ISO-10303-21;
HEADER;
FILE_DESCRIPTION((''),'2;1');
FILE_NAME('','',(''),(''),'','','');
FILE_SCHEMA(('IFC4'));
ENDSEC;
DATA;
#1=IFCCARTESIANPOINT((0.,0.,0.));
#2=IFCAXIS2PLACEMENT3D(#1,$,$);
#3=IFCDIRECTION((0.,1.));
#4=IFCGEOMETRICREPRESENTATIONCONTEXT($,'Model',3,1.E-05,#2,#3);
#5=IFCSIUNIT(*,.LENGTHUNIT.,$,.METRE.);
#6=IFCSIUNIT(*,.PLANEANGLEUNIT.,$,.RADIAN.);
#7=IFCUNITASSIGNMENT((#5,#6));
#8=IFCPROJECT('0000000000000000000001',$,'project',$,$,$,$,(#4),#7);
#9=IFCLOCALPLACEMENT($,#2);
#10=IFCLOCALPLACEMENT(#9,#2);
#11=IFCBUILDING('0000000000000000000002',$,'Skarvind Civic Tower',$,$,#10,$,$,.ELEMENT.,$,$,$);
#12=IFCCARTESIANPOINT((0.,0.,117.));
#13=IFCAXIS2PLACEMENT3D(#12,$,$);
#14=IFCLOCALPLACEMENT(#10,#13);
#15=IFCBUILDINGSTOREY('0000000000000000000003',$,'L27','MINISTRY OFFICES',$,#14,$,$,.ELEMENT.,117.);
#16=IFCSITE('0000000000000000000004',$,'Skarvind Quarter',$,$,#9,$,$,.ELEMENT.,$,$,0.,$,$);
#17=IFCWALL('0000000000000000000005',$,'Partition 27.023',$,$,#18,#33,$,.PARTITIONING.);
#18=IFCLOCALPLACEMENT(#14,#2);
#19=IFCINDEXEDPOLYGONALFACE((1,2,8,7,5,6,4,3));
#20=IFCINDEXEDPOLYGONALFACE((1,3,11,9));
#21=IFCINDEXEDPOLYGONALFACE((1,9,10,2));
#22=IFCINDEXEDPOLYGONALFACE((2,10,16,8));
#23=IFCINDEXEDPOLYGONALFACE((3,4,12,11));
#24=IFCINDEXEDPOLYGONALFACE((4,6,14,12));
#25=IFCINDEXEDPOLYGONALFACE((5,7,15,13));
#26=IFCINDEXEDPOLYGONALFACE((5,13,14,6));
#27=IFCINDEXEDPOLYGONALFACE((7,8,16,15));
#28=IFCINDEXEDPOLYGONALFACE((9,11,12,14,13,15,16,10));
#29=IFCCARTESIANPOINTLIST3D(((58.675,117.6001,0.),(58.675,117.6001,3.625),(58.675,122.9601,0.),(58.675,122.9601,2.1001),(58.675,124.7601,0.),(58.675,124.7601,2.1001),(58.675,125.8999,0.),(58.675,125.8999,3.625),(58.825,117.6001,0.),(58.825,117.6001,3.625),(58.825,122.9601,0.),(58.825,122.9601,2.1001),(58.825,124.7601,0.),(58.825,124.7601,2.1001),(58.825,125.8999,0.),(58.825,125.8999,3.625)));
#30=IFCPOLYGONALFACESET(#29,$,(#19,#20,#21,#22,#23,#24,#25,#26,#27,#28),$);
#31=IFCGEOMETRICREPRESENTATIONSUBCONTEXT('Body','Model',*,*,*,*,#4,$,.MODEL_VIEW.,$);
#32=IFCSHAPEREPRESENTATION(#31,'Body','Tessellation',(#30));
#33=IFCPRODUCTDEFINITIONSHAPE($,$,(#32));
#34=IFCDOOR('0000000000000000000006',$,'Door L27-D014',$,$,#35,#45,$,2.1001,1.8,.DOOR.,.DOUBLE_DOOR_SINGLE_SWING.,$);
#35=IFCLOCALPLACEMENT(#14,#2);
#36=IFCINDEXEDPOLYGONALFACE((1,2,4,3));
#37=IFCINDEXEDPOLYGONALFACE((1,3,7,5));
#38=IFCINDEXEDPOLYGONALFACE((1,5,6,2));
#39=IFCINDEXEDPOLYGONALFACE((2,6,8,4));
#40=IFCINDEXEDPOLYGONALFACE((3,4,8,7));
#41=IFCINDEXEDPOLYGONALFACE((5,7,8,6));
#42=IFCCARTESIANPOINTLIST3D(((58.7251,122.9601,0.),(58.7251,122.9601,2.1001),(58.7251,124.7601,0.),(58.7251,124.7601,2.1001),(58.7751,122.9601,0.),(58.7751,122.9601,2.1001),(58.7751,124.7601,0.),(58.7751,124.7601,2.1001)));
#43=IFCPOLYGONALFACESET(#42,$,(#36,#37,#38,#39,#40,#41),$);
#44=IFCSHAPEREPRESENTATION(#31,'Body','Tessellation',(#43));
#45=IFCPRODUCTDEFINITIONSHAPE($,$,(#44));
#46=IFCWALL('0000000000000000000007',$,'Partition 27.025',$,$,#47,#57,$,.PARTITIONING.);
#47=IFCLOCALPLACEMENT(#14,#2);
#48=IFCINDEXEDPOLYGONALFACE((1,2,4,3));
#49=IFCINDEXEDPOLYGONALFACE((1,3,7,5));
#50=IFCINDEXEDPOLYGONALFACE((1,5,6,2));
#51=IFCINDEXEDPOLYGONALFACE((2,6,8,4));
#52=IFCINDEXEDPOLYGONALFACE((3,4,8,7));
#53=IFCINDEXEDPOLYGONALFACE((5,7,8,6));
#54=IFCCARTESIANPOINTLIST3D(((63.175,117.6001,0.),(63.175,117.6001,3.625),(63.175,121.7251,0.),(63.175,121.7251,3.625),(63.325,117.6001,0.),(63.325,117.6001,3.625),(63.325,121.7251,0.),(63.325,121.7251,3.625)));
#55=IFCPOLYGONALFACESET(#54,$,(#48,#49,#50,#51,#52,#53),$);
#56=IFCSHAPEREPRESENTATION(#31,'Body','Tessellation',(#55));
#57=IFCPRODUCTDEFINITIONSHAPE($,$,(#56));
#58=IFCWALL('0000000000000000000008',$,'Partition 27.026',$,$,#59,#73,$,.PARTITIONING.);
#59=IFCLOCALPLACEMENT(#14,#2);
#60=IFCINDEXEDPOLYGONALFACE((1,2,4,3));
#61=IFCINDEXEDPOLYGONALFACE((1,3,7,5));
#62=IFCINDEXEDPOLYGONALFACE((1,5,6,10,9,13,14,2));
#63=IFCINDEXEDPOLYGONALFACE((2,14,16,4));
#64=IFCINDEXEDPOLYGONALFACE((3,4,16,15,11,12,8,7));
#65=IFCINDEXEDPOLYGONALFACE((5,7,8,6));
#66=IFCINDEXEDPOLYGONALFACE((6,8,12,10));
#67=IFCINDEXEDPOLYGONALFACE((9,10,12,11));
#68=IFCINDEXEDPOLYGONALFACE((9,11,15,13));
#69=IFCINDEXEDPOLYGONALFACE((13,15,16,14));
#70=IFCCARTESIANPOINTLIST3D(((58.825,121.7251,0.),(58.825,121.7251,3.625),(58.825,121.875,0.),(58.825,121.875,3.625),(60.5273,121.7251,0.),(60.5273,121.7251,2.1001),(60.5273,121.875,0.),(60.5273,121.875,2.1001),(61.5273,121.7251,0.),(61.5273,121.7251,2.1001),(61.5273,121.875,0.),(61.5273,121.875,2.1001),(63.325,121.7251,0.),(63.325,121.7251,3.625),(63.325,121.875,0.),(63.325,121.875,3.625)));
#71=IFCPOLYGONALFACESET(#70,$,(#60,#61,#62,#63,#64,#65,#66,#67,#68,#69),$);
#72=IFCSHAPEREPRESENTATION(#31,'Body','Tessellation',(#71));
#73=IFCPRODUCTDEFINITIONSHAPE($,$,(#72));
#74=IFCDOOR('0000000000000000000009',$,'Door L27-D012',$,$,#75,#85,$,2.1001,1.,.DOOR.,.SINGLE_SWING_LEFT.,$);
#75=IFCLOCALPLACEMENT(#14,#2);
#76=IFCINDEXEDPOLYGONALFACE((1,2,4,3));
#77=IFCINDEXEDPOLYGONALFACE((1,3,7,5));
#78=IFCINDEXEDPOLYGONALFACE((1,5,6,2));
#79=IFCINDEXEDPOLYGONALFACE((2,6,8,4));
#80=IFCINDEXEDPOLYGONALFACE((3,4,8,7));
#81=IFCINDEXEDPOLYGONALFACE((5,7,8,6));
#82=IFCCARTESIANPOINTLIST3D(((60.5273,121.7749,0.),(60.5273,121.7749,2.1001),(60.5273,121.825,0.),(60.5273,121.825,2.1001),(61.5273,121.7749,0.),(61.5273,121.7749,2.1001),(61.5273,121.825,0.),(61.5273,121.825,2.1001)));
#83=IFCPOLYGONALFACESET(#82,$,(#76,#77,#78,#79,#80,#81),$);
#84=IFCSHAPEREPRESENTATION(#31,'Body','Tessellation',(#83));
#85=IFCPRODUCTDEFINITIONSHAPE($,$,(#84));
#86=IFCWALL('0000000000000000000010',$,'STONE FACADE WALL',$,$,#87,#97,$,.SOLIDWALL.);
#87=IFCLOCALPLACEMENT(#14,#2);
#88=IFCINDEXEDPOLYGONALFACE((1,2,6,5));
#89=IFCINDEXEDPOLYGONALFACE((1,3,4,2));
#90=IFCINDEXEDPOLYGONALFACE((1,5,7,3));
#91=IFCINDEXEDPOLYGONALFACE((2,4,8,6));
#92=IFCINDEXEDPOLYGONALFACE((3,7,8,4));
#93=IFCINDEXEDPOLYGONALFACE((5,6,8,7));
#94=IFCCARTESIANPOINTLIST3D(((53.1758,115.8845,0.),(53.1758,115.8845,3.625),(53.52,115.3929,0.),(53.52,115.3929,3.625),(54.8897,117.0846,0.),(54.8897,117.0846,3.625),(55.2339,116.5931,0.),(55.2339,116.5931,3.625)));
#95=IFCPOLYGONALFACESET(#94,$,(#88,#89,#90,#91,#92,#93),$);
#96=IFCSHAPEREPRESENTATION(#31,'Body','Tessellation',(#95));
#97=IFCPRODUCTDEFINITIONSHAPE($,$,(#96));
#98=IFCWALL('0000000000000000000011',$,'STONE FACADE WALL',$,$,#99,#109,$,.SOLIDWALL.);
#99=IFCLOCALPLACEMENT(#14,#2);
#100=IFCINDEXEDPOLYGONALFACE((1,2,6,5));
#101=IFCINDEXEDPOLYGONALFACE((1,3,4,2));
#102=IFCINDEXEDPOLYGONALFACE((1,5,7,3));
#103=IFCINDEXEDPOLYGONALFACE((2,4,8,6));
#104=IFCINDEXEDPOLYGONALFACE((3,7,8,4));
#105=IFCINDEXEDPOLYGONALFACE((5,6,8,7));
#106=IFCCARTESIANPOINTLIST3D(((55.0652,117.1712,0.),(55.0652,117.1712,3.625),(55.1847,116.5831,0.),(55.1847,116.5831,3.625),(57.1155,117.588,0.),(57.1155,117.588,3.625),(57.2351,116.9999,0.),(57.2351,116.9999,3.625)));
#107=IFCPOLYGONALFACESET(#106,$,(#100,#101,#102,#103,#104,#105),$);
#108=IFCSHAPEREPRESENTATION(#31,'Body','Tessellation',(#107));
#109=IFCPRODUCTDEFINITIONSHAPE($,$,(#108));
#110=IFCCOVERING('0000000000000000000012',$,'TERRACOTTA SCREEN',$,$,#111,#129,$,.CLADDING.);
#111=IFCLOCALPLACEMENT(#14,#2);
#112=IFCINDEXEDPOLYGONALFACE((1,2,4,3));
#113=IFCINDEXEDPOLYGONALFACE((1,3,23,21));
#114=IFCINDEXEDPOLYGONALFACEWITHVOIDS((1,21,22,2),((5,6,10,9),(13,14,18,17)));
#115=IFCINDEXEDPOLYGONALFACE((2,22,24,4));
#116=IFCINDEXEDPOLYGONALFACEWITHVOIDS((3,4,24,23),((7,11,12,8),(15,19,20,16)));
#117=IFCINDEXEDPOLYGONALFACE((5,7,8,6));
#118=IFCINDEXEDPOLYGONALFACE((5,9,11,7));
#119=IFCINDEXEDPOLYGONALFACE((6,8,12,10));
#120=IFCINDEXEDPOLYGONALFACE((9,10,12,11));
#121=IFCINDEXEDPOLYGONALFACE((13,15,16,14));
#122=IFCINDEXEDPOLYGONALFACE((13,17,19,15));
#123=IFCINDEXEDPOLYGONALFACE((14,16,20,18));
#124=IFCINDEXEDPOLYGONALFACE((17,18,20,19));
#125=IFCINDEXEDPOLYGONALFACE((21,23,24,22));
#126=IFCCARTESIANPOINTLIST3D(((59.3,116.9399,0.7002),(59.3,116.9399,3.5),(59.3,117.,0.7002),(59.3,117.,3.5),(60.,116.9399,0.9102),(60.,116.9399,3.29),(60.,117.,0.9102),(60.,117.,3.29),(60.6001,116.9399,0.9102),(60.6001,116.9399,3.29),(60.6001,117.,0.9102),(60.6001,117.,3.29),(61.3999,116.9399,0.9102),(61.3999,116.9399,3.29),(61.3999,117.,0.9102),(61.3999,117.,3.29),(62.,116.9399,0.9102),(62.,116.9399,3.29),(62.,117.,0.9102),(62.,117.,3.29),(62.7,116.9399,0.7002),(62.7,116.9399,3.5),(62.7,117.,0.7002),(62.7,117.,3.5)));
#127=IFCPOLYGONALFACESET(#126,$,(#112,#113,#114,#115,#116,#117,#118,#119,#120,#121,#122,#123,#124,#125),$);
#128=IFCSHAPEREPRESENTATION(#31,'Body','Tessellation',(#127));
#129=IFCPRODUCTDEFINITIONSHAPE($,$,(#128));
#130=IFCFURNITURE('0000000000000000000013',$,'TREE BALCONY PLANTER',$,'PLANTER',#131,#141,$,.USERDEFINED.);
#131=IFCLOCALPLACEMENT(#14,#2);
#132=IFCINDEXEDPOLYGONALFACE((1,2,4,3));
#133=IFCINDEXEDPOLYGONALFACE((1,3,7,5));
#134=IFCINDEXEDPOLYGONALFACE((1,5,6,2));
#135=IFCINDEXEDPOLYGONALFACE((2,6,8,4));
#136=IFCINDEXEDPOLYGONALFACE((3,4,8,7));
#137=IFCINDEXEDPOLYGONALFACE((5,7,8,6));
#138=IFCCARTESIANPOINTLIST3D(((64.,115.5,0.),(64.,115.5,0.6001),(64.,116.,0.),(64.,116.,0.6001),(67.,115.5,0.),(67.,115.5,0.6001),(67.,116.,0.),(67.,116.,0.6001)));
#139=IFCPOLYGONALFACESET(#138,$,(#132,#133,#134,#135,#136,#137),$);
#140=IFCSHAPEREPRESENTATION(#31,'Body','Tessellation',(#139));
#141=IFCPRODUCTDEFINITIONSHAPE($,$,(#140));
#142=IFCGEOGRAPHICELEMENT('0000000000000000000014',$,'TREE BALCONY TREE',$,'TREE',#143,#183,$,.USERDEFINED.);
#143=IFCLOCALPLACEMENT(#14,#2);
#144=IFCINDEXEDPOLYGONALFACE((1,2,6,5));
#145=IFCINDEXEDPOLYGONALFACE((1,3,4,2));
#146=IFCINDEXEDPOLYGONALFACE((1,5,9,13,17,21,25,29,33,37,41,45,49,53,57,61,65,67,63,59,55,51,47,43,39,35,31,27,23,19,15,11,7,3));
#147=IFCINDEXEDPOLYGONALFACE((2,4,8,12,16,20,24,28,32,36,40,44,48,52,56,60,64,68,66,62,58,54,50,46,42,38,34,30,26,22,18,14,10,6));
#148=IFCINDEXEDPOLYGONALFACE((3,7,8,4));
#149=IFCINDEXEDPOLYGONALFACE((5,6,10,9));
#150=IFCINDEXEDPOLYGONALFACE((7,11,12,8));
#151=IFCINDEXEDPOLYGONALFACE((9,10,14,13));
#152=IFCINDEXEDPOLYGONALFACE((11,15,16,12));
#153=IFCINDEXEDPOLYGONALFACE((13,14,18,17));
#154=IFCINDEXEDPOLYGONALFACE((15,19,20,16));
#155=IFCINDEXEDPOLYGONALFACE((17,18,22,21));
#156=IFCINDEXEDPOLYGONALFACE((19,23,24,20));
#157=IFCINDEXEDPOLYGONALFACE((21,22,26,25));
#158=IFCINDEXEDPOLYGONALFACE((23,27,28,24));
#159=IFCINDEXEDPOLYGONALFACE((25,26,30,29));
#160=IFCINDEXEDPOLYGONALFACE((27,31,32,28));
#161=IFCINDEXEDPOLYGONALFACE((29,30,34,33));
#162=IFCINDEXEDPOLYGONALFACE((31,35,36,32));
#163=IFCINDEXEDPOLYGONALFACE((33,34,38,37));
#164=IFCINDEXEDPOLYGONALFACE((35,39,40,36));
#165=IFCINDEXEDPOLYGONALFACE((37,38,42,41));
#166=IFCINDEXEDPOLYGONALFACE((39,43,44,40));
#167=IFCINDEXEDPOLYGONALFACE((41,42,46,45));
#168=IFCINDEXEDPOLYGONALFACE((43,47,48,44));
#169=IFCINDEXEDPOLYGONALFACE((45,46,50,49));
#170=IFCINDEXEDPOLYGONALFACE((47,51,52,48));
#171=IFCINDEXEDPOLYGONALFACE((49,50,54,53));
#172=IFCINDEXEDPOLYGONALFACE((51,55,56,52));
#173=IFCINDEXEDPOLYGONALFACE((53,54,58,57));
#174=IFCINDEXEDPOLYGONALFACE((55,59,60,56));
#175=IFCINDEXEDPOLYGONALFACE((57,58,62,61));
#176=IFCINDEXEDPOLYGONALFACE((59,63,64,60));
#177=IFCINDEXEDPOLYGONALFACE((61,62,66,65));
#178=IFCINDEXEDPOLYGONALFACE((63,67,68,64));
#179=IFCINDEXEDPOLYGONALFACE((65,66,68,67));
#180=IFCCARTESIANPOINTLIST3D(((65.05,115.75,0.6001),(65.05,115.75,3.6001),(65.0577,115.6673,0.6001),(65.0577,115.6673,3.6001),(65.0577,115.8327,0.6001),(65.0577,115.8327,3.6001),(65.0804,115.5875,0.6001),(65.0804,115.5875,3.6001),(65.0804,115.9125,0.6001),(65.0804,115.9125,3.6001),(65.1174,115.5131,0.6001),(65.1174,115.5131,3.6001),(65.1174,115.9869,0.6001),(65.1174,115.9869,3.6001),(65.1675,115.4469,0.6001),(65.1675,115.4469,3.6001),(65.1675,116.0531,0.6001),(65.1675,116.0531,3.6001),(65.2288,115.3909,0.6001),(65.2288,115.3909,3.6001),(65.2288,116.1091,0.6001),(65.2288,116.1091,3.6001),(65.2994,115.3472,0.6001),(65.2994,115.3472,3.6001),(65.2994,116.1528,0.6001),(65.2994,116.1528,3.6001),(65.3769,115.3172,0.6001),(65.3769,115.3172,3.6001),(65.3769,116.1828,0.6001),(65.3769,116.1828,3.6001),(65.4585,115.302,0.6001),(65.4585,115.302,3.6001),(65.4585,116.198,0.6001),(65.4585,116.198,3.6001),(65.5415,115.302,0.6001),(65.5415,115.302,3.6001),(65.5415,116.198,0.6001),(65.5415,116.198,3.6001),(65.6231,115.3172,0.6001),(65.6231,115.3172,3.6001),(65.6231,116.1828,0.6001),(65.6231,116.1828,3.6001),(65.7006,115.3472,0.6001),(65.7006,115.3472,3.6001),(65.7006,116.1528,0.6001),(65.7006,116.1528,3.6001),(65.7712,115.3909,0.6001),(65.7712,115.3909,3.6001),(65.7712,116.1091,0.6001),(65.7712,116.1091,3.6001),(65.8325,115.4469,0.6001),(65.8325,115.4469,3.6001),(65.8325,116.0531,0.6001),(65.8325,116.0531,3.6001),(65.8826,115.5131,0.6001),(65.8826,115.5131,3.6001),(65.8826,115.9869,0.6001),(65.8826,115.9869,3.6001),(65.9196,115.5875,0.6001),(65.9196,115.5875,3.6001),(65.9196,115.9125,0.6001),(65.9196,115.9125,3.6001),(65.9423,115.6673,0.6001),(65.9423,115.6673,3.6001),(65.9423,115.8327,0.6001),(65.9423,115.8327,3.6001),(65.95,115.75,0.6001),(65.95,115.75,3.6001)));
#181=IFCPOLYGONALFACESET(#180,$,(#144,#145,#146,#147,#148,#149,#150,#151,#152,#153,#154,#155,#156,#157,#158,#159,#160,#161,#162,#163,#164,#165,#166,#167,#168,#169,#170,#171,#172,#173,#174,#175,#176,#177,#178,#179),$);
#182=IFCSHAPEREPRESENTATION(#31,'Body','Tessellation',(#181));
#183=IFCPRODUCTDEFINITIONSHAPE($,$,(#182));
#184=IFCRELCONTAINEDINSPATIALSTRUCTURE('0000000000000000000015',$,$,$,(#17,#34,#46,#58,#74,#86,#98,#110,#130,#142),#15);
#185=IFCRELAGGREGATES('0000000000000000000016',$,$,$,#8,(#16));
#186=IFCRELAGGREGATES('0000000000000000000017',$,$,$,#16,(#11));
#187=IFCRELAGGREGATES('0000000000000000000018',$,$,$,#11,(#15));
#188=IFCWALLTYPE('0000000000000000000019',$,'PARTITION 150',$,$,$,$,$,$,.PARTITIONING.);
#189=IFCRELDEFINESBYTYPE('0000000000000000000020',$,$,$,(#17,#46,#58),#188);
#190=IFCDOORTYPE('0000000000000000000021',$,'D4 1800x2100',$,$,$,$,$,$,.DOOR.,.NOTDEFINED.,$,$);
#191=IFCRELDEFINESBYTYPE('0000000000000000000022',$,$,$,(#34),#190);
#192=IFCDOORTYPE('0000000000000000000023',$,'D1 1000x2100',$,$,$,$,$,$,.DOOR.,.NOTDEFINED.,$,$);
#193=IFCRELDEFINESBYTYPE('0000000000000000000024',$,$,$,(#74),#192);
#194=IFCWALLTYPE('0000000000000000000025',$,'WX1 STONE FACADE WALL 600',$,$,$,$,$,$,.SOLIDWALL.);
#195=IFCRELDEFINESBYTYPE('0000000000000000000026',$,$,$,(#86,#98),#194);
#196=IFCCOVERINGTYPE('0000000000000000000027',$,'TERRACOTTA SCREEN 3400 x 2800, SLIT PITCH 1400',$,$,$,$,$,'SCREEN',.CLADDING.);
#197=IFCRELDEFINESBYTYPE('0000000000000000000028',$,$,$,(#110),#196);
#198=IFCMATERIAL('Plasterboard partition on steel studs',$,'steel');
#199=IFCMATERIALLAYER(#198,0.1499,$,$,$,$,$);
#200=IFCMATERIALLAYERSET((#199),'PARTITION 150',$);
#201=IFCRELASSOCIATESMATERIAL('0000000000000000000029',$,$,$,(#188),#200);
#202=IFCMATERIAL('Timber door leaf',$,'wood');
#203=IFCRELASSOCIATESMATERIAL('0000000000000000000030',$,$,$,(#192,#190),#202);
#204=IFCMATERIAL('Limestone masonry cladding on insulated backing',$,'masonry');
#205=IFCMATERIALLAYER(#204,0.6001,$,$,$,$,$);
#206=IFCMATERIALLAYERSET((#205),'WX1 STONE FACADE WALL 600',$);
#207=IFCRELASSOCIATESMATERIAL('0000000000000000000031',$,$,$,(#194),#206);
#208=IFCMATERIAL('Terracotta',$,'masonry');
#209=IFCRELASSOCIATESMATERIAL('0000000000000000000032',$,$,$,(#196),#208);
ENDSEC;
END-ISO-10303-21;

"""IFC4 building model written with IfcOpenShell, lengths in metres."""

from ifc_helpers import new_model, si_unit, direction, frame, frame_2d, origin, origin_2d, place, context, subcontext, project, spatial, polyline, rectangle, circle, outline, extrude, material, layer, layer_set, material_profile, profile_set, type_object, element, fill, save


model = new_model("IFC4")

# Units and contexts
model_context = context("Model", 3, precision=1e-05, world=origin(), true_north=direction((0.0, 1.0)))
body_context = subcontext(model_context, "Body", "Model", "MODEL_VIEW")
ifc_project = project(units=[si_unit("LENGTHUNIT", "METRE"), si_unit("PLANEANGLEUNIT", "RADIAN")], contexts=[model_context])

# Site, building, storey
site_placement = place(None, origin())
site = spatial("IfcSite", under=ifc_project, at=site_placement, Name="Skarvind Quarter", CompositionType="ELEMENT", RefElevation=0.0)
building_placement = place(site_placement, origin())
building = spatial("IfcBuilding", under=site, at=building_placement, Name="Skarvind Civic Tower", CompositionType="ELEMENT")
storey_placement = place(building_placement, frame((0.0, 0.0, 117.0)))
storey = spatial("IfcBuildingStorey", under=building, at=storey_placement, Name="L27", Description="MINISTRY OFFICES", CompositionType="ELEMENT", Elevation=117.0)

# Shared definitions
ifc_material_1 = material(Name="Plasterboard partition on steel studs", Category="steel")
ifc_layer_1 = layer(ifc_material_1, 0.1499)
ifc_layer_set_1 = layer_set([ifc_layer_1], Name="PARTITION 150")
wall_type_1 = type_object("IfcWallType", Name="PARTITION 150", PredefinedType="PARTITIONING", material=ifc_layer_set_1)

# Wall, opening, door
ifc_material_2 = material(Name="Timber door leaf", Category="wood")
door_type_1 = type_object("IfcDoorType", Name="D1 1000x2100", OperationType="NOTDEFINED", PredefinedType="DOOR", material=ifc_material_2)
wall_1_placement = place(storey_placement, frame((58.75, 117.6001, 0.0), z_axis=(0.0, 0.0, 1.0), x_axis=(0.0, 1.0, 0.0)))
wall_1 = element("IfcWall", 1, at=wall_1_placement, inside=storey, type_object=wall_type_1, Name="Partition 27.023", PredefinedType="PARTITIONING", context=body_context, shape_type="SweptSolid", body=[
    extrude(rectangle(XDim=8.2998, YDim=0.1499, at=frame_2d((4.1499, 0.0))), origin(), (0.0, 0.0, 1.0), 3.625),
])
opening_1_placement = place(wall_1_placement, frame((5.3601, 0.0, 0.0)))
opening_1 = element("IfcOpeningElement", 2, at=opening_1_placement, cuts=wall_1, PredefinedType="OPENING", context=body_context, shape_type="SweptSolid", body=[
    extrude(rectangle(XDim=1.8, YDim=2.1001, at=frame_2d((0.8999, 1.05))), frame((0.0, 0.085, 0.0), z_axis=(0.0, -1.0, 0.0), x_axis=(1.0, 0.0, 0.0)), (0.0, 0.0, 1.0), 0.1699),
])
door_type_2 = type_object("IfcDoorType", Name="D4 1800x2100", OperationType="NOTDEFINED", PredefinedType="DOOR", material=ifc_material_2)
door_1_placement = place(opening_1_placement, origin())
door_1 = element("IfcDoor", 3, at=door_1_placement, inside=storey, type_object=door_type_2, Name="Door L27-D014", OperationType="DOUBLE_DOOR_SINGLE_SWING", OverallHeight=2.1001, OverallWidth=1.8, PredefinedType="DOOR", context=body_context, shape_type="SweptSolid", body=[
    extrude(rectangle(XDim=1.8, YDim=2.1001, at=frame_2d((0.8999, 1.05))), frame((0.0, 0.0249, 0.0), z_axis=(0.0, -1.0, 0.0), x_axis=(1.0, 0.0, 0.0)), (0.0, 0.0, 1.0), 0.05),
])
fill(opening_1, door_1)

# Wall
wall_2_placement = place(storey_placement, frame((63.25, 117.6001, 0.0), z_axis=(0.0, 0.0, 1.0), x_axis=(0.0, 1.0, 0.0)))
element("IfcWall", 4, at=wall_2_placement, inside=storey, type_object=wall_type_1, Name="Partition 27.025", PredefinedType="PARTITIONING", context=body_context, shape_type="SweptSolid", body=[
    extrude(rectangle(XDim=4.125, YDim=0.1499, at=frame_2d((2.0625, 0.0))), origin(), (0.0, 0.0, 1.0), 3.625),
])

# Wall, opening, door
wall_3_placement = place(storey_placement, frame((58.825, 121.8, 0.0), z_axis=(0.0, 0.0, 1.0), x_axis=(1.0, 0.0, 0.0)))
wall_3 = element("IfcWall", 5, at=wall_3_placement, inside=storey, type_object=wall_type_1, Name="Partition 27.026", PredefinedType="PARTITIONING", context=body_context, shape_type="SweptSolid", body=[
    extrude(rectangle(XDim=4.5, YDim=0.1499, at=frame_2d((2.25, 0.0))), origin(), (0.0, 0.0, 1.0), 3.625),
])
opening_2_placement = place(wall_3_placement, frame((1.7024, 0.0, 0.0)))
opening_2 = element("IfcOpeningElement", 6, at=opening_2_placement, cuts=wall_3, PredefinedType="OPENING", context=body_context, shape_type="SweptSolid", body=[
    extrude(rectangle(XDim=1.0, YDim=2.1001, at=frame_2d((0.5, 1.05))), frame((0.0, 0.085, 0.0), z_axis=(0.0, -1.0, 0.0), x_axis=(1.0, 0.0, 0.0)), (0.0, 0.0, 1.0), 0.1699),
])
door_2_placement = place(opening_2_placement, origin())
door_2 = element("IfcDoor", 7, at=door_2_placement, inside=storey, type_object=door_type_1, Name="Door L27-D012", OperationType="SINGLE_SWING_LEFT", OverallHeight=2.1001, OverallWidth=1.0, PredefinedType="DOOR", context=body_context, shape_type="SweptSolid", body=[
    extrude(rectangle(XDim=1.0, YDim=2.1001, at=frame_2d((0.5, 1.05))), frame((0.0, 0.0249, 0.0), z_axis=(0.0, -1.0, 0.0), x_axis=(1.0, 0.0, 0.0)), (0.0, 0.0, 1.0), 0.05),
])
fill(opening_2, door_2)

# Walls
ifc_material_3 = material(Name="Limestone masonry cladding on insulated backing", Category="masonry")
ifc_layer_2 = layer(ifc_material_3, 0.6001)
ifc_layer_set_2 = layer_set([ifc_layer_2], Name="WX1 STONE FACADE WALL 600")
wall_type_2 = type_object("IfcWallType", Name="WX1 STONE FACADE WALL 600", PredefinedType="SOLIDWALL", material=ifc_layer_set_2)
for number, where, z_axis, x_axis, name in (
    (8, (55.0618, 116.8389, 0.0), (0.0, 0.0, 1.0), (-0.819122, -0.573619, 0.0), "STONE FACADE WALL"),
    (9, (57.1753, 117.2939, 0.0), (0.0, 0.0, 1.0), (-0.979961, -0.199189, 0.0), "STONE FACADE WALL"),
):
    element("IfcWall", number, at=place(storey_placement, frame(where, z_axis=z_axis, x_axis=x_axis)), inside=storey, type_object=wall_type_2, Name=name, PredefinedType="SOLIDWALL", context=body_context, shape_type="SweptSolid", body=[
        extrude(rectangle(XDim=2.0923, YDim=0.6001, at=frame_2d((1.0461, 0.0))), origin(), (0.0, 0.0, 1.0), 3.625),
    ])

# Covering
ifc_material_4 = material(Name="Terracotta", Category="masonry")
ifc_material_profile_1 = material_profile(ifc_material_4, outline(polyline([(-1.7, -1.3999), (1.7, -1.3999), (1.7, 1.3999), (-1.7, 1.3999), (-1.7, -1.3999)]), holes=[polyline([(-1.0, -1.1899), (-0.3999, -1.1899), (-0.3999, 1.1899), (-1.0, 1.1899), (-1.0, -1.1899)]), polyline([(0.3999, -1.1899), (1.0, -1.1899), (1.0, 1.1899), (0.3999, 1.1899), (0.3999, -1.1899)])]), Name="TERRACOTTA SCREEN 3400 x 2800, SLIT PITCH 1400")
ifc_profile_set_1 = profile_set([ifc_material_profile_1], Name="Terracotta")
covering_type = type_object("IfcCoveringType", Name="TERRACOTTA SCREEN 3400 x 2800, SLIT PITCH 1400", ElementType="SCREEN", PredefinedType="CLADDING", material=ifc_profile_set_1)
covering_placement = place(storey_placement, frame((61.0, 117.0, 2.1001), z_axis=(0.0, -1.0, 0.0), x_axis=(1.0, 0.0, 0.0)))
element("IfcCovering", 10, at=covering_placement, inside=storey, type_object=covering_type, Name="TERRACOTTA SCREEN", PredefinedType="CLADDING", context=body_context, shape_type="SweptSolid", body=[
    extrude(outline(polyline([(-1.7, -1.3999), (1.7, -1.3999), (1.7, 1.3999), (-1.7, 1.3999), (-1.7, -1.3999)]), holes=[polyline([(-1.0, -1.1899), (-0.3999, -1.1899), (-0.3999, 1.1899), (-1.0, 1.1899), (-1.0, -1.1899)]), polyline([(0.3999, -1.1899), (1.0, -1.1899), (1.0, 1.1899), (0.3999, 1.1899), (0.3999, -1.1899)])]), origin(), (0.0, 0.0, 1.0), 0.0601),
])

# Furniture
furniture_placement = place(storey_placement, frame((65.5, 115.75, 0.0), z_axis=(0.0, 0.0, 1.0), x_axis=(-1.0, 0.0, 0.0)))
element("IfcFurniture", 11, at=furniture_placement, inside=storey, Name="TREE BALCONY PLANTER", ObjectType="PLANTER", PredefinedType="USERDEFINED", context=body_context, shape_type="SweptSolid", body=[
    extrude(rectangle(XDim=3.0, YDim=0.5, at=origin_2d()), origin(), (0.0, 0.0, 1.0), 0.6001),
])

# Geographic element
geographic_element_placement = place(storey_placement, frame((65.5, 115.75, 0.6001), z_axis=(0.0, 0.0, 1.0), x_axis=(1.0, 0.0, 0.0)))
element("IfcGeographicElement", 12, at=geographic_element_placement, inside=storey, Name="TREE BALCONY TREE", ObjectType="TREE", PredefinedType="USERDEFINED", context=body_context, shape_type="SweptSolid", body=[
    extrude(circle(Radius=0.45, at=origin_2d()), origin(), (0.0, 0.0, 1.0), 3.0),
])

save(model, "model.ifc")
